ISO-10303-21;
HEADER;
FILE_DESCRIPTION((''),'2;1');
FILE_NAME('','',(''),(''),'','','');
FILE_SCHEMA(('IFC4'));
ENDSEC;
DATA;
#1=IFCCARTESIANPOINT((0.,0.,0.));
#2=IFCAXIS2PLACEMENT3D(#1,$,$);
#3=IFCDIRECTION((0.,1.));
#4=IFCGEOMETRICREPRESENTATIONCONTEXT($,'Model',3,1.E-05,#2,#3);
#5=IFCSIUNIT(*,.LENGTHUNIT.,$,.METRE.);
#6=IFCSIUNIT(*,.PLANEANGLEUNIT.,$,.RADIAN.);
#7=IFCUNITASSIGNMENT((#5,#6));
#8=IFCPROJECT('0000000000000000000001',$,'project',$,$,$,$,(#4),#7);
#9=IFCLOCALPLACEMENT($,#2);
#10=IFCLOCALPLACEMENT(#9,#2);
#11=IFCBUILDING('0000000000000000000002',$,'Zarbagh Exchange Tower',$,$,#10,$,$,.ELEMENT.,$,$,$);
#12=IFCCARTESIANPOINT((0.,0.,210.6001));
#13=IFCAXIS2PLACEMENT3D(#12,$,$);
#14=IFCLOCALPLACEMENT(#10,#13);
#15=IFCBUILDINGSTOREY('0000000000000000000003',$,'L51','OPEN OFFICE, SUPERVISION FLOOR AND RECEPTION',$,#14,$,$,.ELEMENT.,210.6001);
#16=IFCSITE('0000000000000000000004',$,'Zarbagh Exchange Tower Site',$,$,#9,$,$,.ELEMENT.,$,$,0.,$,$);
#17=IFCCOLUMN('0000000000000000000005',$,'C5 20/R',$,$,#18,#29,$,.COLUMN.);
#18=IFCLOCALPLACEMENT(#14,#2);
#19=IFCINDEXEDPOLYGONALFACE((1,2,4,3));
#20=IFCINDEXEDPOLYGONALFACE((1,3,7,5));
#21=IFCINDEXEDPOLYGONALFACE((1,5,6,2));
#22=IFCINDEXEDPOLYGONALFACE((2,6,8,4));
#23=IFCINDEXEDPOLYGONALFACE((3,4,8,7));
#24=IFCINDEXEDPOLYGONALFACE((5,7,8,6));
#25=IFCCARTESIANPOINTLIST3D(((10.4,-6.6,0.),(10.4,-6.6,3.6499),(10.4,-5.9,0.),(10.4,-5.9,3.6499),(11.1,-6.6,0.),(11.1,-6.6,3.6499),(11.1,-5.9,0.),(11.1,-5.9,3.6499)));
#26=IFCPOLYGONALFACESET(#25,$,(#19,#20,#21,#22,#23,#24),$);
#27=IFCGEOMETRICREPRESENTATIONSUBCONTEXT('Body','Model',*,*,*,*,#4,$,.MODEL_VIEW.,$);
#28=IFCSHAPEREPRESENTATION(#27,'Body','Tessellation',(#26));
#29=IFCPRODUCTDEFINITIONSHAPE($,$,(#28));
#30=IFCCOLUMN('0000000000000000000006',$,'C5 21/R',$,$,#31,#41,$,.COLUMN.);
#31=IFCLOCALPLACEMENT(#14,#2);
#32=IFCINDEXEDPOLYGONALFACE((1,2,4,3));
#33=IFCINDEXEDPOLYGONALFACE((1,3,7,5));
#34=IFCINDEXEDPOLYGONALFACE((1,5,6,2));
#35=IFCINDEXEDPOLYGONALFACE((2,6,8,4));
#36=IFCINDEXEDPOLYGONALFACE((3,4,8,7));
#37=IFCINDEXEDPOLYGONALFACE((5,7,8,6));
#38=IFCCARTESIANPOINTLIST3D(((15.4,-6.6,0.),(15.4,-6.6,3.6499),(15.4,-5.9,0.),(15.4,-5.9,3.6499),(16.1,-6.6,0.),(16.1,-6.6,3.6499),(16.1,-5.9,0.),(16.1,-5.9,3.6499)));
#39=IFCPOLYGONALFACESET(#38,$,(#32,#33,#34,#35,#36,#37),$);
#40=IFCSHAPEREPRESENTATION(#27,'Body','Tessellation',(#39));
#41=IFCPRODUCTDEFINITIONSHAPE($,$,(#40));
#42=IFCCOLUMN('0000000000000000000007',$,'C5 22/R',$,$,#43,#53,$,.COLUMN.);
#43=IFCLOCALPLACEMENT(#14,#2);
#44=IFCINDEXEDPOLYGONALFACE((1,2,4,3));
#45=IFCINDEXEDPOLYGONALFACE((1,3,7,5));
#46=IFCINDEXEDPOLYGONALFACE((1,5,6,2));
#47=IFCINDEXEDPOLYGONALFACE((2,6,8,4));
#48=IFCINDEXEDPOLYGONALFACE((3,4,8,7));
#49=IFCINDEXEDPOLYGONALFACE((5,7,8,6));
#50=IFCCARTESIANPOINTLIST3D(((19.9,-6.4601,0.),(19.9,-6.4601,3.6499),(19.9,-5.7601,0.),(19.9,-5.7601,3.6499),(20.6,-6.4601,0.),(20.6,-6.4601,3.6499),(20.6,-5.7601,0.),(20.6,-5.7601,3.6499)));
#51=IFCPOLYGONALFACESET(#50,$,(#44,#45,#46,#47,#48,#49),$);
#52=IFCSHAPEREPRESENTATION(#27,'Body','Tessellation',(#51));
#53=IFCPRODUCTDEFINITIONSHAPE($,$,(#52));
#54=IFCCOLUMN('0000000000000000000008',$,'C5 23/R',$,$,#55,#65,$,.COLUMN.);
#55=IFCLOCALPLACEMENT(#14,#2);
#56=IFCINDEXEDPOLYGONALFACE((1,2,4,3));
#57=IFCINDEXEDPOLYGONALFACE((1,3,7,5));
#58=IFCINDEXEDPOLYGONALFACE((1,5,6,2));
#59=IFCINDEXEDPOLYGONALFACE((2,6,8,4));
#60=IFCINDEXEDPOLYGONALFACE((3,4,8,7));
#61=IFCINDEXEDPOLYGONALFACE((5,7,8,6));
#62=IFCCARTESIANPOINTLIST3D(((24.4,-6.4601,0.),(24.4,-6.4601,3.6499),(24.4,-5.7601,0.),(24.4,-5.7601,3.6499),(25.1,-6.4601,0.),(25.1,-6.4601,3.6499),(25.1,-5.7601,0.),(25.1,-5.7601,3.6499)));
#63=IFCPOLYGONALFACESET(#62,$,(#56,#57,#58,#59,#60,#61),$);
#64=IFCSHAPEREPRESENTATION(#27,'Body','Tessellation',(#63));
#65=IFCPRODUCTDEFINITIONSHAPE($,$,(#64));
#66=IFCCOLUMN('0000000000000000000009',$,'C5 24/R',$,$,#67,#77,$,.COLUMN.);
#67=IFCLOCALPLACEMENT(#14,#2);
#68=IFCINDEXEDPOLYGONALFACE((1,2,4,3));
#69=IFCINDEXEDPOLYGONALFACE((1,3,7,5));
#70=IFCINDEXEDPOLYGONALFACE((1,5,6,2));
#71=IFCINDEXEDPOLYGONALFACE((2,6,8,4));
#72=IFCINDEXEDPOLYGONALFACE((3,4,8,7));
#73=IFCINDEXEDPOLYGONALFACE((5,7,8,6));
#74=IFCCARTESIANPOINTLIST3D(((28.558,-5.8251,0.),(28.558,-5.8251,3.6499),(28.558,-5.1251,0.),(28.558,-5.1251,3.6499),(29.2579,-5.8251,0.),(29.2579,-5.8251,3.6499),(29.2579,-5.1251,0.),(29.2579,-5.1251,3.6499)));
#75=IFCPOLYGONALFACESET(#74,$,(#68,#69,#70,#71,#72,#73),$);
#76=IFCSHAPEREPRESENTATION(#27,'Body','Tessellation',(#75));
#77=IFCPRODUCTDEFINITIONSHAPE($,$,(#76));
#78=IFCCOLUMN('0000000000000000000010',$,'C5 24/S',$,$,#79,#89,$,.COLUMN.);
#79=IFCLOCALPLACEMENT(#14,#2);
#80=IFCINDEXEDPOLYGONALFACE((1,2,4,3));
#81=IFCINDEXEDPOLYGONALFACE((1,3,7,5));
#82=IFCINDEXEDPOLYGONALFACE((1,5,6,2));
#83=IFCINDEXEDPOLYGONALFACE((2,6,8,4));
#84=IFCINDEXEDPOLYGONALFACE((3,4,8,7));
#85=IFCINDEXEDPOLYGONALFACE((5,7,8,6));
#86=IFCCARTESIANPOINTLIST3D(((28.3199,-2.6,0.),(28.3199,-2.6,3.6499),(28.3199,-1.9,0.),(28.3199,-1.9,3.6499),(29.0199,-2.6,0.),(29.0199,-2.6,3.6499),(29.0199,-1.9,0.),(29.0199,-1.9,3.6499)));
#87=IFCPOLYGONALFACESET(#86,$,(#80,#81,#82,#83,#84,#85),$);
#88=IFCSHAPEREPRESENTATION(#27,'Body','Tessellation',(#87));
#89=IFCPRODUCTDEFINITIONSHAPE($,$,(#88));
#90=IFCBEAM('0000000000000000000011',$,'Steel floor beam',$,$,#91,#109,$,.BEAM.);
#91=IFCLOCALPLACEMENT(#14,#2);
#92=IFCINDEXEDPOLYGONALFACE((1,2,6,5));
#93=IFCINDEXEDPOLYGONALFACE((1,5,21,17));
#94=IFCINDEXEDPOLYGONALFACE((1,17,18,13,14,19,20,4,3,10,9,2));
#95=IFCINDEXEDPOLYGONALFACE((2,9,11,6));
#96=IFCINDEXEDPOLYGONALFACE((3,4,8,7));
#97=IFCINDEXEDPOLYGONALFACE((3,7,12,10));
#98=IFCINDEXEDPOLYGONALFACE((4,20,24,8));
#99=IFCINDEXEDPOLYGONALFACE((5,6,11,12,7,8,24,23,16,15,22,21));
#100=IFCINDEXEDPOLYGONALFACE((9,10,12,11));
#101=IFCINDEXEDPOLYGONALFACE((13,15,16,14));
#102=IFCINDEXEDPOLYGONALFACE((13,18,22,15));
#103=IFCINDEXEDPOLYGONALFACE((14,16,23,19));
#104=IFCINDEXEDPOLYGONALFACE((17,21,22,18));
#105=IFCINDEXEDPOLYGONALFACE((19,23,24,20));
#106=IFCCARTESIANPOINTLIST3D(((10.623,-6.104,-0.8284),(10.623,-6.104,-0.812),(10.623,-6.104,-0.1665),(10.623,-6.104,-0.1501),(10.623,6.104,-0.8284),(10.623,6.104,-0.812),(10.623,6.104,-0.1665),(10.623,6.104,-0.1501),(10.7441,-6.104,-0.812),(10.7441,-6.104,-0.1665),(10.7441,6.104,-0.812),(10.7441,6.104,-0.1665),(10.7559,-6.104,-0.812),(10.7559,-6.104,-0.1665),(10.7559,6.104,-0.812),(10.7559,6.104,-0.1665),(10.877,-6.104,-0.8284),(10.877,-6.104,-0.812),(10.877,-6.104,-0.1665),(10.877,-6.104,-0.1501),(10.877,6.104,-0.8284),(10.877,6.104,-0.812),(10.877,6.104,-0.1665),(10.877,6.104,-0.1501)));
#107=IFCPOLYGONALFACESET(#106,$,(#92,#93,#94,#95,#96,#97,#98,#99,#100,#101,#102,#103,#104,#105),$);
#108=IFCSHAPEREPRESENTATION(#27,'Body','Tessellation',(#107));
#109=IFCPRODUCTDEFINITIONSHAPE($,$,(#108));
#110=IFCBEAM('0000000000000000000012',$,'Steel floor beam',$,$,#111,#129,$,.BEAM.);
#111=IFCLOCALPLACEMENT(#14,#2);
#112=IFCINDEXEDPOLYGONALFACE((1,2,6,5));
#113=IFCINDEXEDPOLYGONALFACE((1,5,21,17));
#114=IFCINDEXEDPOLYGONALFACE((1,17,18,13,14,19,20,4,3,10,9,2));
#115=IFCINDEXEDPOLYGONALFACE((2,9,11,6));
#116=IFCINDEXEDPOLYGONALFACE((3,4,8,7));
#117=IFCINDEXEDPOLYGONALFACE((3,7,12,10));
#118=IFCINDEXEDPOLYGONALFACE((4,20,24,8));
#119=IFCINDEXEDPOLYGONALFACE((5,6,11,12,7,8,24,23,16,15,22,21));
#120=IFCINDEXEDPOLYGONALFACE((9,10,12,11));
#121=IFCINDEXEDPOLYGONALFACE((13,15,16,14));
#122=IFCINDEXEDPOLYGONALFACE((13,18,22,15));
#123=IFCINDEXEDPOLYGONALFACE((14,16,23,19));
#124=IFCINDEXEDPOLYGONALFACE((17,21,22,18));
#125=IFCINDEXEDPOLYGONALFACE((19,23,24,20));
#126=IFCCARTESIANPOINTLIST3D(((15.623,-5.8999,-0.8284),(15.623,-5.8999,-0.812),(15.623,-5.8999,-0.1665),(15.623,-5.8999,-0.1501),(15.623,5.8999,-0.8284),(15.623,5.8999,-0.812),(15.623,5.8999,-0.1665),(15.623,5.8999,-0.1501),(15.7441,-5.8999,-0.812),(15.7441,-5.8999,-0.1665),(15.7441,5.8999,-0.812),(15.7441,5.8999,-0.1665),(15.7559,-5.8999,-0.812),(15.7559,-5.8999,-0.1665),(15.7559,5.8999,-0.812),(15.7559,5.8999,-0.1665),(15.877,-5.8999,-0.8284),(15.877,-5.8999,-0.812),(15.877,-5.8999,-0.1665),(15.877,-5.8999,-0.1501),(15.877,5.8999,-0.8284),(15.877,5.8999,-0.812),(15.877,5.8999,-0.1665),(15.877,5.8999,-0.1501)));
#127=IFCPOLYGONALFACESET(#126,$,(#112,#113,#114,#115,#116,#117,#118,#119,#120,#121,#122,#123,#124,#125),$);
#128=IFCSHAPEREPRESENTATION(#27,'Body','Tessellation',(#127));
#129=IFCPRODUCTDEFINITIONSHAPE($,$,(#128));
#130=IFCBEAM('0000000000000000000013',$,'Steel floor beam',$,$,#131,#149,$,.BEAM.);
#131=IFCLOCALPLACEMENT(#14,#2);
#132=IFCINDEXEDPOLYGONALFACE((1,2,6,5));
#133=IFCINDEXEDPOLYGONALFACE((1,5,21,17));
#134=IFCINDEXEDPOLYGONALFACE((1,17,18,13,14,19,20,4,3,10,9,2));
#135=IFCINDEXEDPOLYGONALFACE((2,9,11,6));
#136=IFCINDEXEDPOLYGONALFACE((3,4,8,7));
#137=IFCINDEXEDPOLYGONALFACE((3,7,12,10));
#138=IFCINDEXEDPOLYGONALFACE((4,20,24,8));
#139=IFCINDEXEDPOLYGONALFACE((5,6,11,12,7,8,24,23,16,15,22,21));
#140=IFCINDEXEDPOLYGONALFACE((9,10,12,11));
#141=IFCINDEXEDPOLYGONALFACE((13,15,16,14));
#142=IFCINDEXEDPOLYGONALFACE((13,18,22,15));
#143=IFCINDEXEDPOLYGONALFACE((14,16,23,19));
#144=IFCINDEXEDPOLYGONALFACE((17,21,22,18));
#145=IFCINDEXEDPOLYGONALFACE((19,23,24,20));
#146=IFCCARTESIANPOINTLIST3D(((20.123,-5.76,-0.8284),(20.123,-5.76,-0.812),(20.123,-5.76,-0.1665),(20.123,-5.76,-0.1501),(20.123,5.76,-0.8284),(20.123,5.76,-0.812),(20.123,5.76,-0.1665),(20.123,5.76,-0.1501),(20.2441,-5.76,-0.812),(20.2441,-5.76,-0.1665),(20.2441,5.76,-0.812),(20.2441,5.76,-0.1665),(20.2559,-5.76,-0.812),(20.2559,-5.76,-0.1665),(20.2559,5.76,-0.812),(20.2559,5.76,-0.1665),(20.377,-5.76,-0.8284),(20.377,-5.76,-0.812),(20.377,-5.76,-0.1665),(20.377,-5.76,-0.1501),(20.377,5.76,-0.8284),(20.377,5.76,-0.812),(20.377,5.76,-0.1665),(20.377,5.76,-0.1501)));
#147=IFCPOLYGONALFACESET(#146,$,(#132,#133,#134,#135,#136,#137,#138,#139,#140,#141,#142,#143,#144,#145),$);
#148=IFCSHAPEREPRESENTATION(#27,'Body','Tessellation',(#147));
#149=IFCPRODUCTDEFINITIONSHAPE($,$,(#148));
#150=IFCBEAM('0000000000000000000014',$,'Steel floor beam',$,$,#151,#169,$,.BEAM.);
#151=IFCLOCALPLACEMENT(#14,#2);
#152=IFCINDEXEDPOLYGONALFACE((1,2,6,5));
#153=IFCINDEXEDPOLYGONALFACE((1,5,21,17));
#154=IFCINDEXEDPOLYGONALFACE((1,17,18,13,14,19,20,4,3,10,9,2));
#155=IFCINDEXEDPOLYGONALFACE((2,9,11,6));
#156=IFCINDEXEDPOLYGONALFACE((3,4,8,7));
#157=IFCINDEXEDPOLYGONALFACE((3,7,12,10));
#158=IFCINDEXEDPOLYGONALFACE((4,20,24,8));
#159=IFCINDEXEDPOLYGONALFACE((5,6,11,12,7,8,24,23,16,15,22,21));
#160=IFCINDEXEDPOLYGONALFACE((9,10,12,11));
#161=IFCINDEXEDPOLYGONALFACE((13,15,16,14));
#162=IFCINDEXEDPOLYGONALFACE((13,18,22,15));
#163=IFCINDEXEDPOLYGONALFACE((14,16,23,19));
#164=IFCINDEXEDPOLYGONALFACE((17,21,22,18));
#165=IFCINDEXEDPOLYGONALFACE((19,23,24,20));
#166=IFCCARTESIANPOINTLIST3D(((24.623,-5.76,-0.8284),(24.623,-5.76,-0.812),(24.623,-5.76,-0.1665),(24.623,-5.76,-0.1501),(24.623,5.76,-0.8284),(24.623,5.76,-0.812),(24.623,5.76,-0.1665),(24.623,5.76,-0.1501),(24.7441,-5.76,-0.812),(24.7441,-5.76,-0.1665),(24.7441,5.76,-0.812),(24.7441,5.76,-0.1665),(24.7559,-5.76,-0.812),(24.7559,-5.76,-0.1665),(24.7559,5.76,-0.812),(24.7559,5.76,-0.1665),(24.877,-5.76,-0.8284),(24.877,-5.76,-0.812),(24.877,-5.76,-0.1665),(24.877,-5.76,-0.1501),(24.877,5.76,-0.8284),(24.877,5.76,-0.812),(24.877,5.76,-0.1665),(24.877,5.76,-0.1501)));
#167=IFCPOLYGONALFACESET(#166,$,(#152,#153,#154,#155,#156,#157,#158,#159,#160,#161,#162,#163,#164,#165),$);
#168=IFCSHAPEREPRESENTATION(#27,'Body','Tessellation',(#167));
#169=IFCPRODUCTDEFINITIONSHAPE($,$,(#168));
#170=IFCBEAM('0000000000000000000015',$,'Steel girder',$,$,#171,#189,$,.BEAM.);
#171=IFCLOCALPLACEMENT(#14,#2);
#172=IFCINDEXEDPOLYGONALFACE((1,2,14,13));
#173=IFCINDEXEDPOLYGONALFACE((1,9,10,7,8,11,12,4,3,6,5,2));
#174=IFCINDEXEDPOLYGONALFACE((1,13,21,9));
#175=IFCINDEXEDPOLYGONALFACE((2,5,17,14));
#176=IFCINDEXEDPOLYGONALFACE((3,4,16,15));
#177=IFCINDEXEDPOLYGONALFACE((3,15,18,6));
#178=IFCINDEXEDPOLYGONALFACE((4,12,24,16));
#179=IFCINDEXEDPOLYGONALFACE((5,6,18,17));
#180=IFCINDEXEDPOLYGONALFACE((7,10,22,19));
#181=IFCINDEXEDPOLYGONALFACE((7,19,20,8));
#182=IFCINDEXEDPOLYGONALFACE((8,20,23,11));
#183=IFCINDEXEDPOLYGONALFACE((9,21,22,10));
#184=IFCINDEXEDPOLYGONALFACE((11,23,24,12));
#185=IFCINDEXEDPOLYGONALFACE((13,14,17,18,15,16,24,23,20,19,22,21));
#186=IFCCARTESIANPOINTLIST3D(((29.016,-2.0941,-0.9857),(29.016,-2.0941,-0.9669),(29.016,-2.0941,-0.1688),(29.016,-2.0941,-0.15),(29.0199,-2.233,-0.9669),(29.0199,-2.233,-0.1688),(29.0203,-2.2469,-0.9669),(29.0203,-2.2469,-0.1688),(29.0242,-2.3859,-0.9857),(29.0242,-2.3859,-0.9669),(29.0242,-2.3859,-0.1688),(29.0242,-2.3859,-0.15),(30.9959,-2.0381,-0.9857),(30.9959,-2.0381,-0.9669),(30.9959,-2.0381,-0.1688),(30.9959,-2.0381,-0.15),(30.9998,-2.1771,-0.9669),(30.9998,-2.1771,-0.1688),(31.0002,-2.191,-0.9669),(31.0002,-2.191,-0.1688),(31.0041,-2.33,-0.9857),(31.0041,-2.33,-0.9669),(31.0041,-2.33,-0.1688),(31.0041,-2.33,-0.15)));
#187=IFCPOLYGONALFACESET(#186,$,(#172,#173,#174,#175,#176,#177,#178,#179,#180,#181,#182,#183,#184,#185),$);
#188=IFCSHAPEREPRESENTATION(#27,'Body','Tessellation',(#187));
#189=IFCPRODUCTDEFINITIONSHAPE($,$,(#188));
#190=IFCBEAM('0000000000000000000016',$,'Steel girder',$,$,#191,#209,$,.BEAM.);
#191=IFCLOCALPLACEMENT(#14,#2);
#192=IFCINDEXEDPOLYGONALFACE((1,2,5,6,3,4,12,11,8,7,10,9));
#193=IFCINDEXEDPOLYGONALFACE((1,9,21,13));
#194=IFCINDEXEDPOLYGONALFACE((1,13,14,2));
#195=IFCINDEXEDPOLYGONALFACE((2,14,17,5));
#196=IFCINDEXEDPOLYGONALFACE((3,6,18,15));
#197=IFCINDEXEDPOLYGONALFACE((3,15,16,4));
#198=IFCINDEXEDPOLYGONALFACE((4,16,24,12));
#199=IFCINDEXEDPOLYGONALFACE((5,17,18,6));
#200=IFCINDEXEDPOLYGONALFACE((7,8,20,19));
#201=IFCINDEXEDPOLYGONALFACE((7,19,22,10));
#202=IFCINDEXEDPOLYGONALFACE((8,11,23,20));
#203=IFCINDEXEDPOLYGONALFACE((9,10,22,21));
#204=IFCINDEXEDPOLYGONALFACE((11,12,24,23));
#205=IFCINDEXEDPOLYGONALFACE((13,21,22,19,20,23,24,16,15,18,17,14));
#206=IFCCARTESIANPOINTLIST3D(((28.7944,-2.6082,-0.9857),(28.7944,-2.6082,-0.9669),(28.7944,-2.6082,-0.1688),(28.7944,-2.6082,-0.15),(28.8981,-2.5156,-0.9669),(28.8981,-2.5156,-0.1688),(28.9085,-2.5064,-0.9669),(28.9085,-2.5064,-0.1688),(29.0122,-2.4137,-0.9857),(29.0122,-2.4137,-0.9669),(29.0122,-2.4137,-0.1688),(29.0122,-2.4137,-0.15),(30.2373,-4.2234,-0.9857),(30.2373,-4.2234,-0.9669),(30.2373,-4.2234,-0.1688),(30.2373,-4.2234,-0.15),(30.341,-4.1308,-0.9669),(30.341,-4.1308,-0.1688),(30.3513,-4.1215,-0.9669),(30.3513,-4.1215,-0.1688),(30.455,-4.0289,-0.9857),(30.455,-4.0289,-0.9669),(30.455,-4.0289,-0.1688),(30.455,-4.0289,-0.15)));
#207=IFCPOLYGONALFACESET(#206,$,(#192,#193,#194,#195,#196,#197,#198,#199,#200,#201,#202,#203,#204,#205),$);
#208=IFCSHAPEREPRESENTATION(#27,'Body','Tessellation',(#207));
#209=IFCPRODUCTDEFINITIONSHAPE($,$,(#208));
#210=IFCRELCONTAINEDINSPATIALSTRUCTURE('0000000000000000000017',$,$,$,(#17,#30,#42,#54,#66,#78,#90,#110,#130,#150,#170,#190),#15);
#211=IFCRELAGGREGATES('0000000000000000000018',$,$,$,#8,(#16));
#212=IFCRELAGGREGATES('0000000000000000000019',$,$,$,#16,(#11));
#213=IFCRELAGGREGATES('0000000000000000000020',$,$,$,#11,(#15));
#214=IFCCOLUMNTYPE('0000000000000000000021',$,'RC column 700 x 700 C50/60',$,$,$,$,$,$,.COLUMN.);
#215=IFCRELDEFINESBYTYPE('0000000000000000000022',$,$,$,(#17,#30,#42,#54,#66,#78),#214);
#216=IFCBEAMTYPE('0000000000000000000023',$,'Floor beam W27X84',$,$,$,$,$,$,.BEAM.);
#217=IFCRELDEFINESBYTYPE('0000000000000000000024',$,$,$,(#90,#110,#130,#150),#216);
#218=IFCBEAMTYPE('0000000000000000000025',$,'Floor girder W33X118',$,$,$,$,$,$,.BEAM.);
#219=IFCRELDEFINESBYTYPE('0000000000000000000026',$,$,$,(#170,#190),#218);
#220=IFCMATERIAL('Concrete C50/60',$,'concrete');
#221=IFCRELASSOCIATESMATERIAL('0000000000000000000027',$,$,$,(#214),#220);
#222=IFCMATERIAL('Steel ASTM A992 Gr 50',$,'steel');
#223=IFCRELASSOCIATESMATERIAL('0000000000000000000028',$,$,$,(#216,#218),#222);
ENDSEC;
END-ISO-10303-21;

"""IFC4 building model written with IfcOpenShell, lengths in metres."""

from ifc_helpers import new_model, si_unit, direction, frame, origin, origin_2d, place, context, subcontext, project, spatial, rectangle, i_section, extrude, material, material_profile, profile_set, type_object, element, save


model = new_model("IFC4")

# Units and contexts
model_context = context("Model", 3, precision=1e-05, world=origin(), true_north=direction((0.0, 1.0)))
body_context = subcontext(model_context, "Body", "Model", "MODEL_VIEW")
ifc_project = project(units=[si_unit("LENGTHUNIT", "METRE"), si_unit("PLANEANGLEUNIT", "RADIAN")], contexts=[model_context])

# Site, building, storey
site_placement = place(None, origin())
site = spatial("IfcSite", under=ifc_project, at=site_placement, Name="Zarbagh Exchange Tower Site", CompositionType="ELEMENT", RefElevation=0.0)
building_placement = place(site_placement, origin())
building = spatial("IfcBuilding", under=site, at=building_placement, Name="Zarbagh Exchange Tower", CompositionType="ELEMENT")
storey_placement = place(building_placement, frame((0.0, 0.0, 210.6001)))
storey = spatial("IfcBuildingStorey", under=building, at=storey_placement, Name="L51", Description="OPEN OFFICE, SUPERVISION FLOOR AND RECEPTION", CompositionType="ELEMENT", Elevation=210.6001)

# Columns
ifc_material_1 = material(Name="Concrete C50/60", Category="concrete")
ifc_material_profile_1 = material_profile(ifc_material_1, rectangle(XDim=0.7, YDim=0.7, at=origin_2d()), Name="RC column 700 x 700 C50/60")
ifc_profile_set_1 = profile_set([ifc_material_profile_1], Name="Concrete C50/60")
column_type = type_object("IfcColumnType", Name="RC column 700 x 700 C50/60", PredefinedType="COLUMN", material=ifc_profile_set_1)
for number, where, z_axis, x_axis, name in (
    (1, (10.75, -6.25, 0.0), (0.0, 0.0, 1.0), (1.0, 0.0, 0.0), "C5 20/R"),
    (2, (15.75, -6.25, 0.0), (0.0, 0.0, 1.0), (1.0, 0.0, 0.0), "C5 21/R"),
    (3, (20.25, -6.1101, 0.0), (0.0, 0.0, 1.0), (1.0, 0.0, 0.0), "C5 22/R"),
    (4, (24.75, -6.1101, 0.0), (0.0, 0.0, 1.0), (1.0, 0.0, 0.0), "C5 23/R"),
    (5, (28.908, -5.4751, 0.0), (0.0, 0.0, 1.0), (1.0, 0.0, 0.0), "C5 24/R"),
    (6, (28.6699, -2.25, 0.0), (0.0, 0.0, 1.0), (1.0, 0.0, 0.0), "C5 24/S"),
):
    element("IfcColumn", number, at=place(storey_placement, frame(where, z_axis=z_axis, x_axis=x_axis)), inside=storey, type_object=column_type, Name=name, PredefinedType="COLUMN", context=body_context, shape_type="SweptSolid", body=[
        extrude(rectangle(XDim=0.7, YDim=0.7, at=origin_2d()), origin(), (0.0, 0.0, 1.0), 3.6499),
    ])

# Beams
ifc_material_2 = material(Name="Steel ASTM A992 Gr 50", Category="steel")
ifc_material_profile_2 = material_profile(ifc_material_2, i_section(OverallWidth=0.2539, OverallDepth=0.6782, WebThickness=0.0117, FlangeThickness=0.0164, at=origin_2d()), Name="W27X84")
ifc_profile_set_2 = profile_set([ifc_material_profile_2], Name="Steel ASTM A992 Gr 50")
beam_type_1 = type_object("IfcBeamType", Name="Floor beam W27X84", PredefinedType="BEAM", material=ifc_profile_set_2)
beam_1_placement = place(storey_placement, frame((10.75, -6.104, -0.4893), z_axis=(0.0, 1.0, 0.0), x_axis=(-1.0, 0.0, 0.0)))
element("IfcBeam", 7, at=beam_1_placement, inside=storey, type_object=beam_type_1, Name="Steel floor beam", PredefinedType="BEAM", context=body_context, shape_type="SweptSolid", body=[
    extrude(i_section(OverallWidth=0.2539, OverallDepth=0.6782, WebThickness=0.0117, FlangeThickness=0.0164, at=origin_2d()), origin(), (0.0, 0.0, 1.0), 12.208),
])
beam_2_placement = place(storey_placement, frame((15.75, -5.8999, -0.4893), z_axis=(0.0, 1.0, 0.0), x_axis=(-1.0, 0.0, 0.0)))
element("IfcBeam", 8, at=beam_2_placement, inside=storey, type_object=beam_type_1, Name="Steel floor beam", PredefinedType="BEAM", context=body_context, shape_type="SweptSolid", body=[
    extrude(i_section(OverallWidth=0.2539, OverallDepth=0.6782, WebThickness=0.0117, FlangeThickness=0.0164, at=origin_2d()), origin(), (0.0, 0.0, 1.0), 11.7998),
])
for number, where, z_axis, x_axis, name in (
    (9, (20.25, -5.76, -0.4893), (0.0, 1.0, 0.0), (-1.0, 0.0, 0.0), "Steel floor beam"),
    (10, (24.75, -5.76, -0.4893), (0.0, 1.0, 0.0), (-1.0, 0.0, 0.0), "Steel floor beam"),
):
    element("IfcBeam", number, at=place(storey_placement, frame(where, z_axis=z_axis, x_axis=x_axis)), inside=storey, type_object=beam_type_1, Name=name, PredefinedType="BEAM", context=body_context, shape_type="SweptSolid", body=[
        extrude(i_section(OverallWidth=0.2539, OverallDepth=0.6782, WebThickness=0.0117, FlangeThickness=0.0164, at=origin_2d()), origin(), (0.0, 0.0, 1.0), 11.52),
    ])
ifc_material_profile_3 = material_profile(ifc_material_2, i_section(OverallWidth=0.292, OverallDepth=0.8357, WebThickness=0.0139, FlangeThickness=0.0188, at=origin_2d()), Name="W33X118")
ifc_profile_set_3 = profile_set([ifc_material_profile_3], Name="Steel ASTM A992 Gr 50")
beam_type_2 = type_object("IfcBeamType", Name="Floor girder W33X118", PredefinedType="BEAM", material=ifc_profile_set_3)
beam_3_placement = place(storey_placement, frame((31.0, -2.1841, -0.5679), z_axis=(-0.999602, -0.028225, 0.0), x_axis=(0.028225, -0.999602, 0.0)))
element("IfcBeam", 11, at=beam_3_placement, inside=storey, type_object=beam_type_2, Name="Steel girder", PredefinedType="BEAM", context=body_context, shape_type="SweptSolid", body=[
    extrude(i_section(OverallWidth=0.292, OverallDepth=0.8357, WebThickness=0.0139, FlangeThickness=0.0188, at=origin_2d()), origin(), (0.0, 0.0, 1.0), 1.9807),
])
beam_4_placement = place(storey_placement, frame((28.9033, -2.511, -0.5679), z_axis=(0.666195, -0.745778, 0.0), x_axis=(0.745778, 0.666195, 0.0)))
element("IfcBeam", 12, at=beam_4_placement, inside=storey, type_object=beam_type_2, Name="Steel girder", PredefinedType="BEAM", context=body_context, shape_type="SweptSolid", body=[
    extrude(i_section(OverallWidth=0.292, OverallDepth=0.8357, WebThickness=0.0139, FlangeThickness=0.0188, at=origin_2d()), origin(), (0.0, 0.0, 1.0), 2.1658),
])

save(model, "model.ifc")
